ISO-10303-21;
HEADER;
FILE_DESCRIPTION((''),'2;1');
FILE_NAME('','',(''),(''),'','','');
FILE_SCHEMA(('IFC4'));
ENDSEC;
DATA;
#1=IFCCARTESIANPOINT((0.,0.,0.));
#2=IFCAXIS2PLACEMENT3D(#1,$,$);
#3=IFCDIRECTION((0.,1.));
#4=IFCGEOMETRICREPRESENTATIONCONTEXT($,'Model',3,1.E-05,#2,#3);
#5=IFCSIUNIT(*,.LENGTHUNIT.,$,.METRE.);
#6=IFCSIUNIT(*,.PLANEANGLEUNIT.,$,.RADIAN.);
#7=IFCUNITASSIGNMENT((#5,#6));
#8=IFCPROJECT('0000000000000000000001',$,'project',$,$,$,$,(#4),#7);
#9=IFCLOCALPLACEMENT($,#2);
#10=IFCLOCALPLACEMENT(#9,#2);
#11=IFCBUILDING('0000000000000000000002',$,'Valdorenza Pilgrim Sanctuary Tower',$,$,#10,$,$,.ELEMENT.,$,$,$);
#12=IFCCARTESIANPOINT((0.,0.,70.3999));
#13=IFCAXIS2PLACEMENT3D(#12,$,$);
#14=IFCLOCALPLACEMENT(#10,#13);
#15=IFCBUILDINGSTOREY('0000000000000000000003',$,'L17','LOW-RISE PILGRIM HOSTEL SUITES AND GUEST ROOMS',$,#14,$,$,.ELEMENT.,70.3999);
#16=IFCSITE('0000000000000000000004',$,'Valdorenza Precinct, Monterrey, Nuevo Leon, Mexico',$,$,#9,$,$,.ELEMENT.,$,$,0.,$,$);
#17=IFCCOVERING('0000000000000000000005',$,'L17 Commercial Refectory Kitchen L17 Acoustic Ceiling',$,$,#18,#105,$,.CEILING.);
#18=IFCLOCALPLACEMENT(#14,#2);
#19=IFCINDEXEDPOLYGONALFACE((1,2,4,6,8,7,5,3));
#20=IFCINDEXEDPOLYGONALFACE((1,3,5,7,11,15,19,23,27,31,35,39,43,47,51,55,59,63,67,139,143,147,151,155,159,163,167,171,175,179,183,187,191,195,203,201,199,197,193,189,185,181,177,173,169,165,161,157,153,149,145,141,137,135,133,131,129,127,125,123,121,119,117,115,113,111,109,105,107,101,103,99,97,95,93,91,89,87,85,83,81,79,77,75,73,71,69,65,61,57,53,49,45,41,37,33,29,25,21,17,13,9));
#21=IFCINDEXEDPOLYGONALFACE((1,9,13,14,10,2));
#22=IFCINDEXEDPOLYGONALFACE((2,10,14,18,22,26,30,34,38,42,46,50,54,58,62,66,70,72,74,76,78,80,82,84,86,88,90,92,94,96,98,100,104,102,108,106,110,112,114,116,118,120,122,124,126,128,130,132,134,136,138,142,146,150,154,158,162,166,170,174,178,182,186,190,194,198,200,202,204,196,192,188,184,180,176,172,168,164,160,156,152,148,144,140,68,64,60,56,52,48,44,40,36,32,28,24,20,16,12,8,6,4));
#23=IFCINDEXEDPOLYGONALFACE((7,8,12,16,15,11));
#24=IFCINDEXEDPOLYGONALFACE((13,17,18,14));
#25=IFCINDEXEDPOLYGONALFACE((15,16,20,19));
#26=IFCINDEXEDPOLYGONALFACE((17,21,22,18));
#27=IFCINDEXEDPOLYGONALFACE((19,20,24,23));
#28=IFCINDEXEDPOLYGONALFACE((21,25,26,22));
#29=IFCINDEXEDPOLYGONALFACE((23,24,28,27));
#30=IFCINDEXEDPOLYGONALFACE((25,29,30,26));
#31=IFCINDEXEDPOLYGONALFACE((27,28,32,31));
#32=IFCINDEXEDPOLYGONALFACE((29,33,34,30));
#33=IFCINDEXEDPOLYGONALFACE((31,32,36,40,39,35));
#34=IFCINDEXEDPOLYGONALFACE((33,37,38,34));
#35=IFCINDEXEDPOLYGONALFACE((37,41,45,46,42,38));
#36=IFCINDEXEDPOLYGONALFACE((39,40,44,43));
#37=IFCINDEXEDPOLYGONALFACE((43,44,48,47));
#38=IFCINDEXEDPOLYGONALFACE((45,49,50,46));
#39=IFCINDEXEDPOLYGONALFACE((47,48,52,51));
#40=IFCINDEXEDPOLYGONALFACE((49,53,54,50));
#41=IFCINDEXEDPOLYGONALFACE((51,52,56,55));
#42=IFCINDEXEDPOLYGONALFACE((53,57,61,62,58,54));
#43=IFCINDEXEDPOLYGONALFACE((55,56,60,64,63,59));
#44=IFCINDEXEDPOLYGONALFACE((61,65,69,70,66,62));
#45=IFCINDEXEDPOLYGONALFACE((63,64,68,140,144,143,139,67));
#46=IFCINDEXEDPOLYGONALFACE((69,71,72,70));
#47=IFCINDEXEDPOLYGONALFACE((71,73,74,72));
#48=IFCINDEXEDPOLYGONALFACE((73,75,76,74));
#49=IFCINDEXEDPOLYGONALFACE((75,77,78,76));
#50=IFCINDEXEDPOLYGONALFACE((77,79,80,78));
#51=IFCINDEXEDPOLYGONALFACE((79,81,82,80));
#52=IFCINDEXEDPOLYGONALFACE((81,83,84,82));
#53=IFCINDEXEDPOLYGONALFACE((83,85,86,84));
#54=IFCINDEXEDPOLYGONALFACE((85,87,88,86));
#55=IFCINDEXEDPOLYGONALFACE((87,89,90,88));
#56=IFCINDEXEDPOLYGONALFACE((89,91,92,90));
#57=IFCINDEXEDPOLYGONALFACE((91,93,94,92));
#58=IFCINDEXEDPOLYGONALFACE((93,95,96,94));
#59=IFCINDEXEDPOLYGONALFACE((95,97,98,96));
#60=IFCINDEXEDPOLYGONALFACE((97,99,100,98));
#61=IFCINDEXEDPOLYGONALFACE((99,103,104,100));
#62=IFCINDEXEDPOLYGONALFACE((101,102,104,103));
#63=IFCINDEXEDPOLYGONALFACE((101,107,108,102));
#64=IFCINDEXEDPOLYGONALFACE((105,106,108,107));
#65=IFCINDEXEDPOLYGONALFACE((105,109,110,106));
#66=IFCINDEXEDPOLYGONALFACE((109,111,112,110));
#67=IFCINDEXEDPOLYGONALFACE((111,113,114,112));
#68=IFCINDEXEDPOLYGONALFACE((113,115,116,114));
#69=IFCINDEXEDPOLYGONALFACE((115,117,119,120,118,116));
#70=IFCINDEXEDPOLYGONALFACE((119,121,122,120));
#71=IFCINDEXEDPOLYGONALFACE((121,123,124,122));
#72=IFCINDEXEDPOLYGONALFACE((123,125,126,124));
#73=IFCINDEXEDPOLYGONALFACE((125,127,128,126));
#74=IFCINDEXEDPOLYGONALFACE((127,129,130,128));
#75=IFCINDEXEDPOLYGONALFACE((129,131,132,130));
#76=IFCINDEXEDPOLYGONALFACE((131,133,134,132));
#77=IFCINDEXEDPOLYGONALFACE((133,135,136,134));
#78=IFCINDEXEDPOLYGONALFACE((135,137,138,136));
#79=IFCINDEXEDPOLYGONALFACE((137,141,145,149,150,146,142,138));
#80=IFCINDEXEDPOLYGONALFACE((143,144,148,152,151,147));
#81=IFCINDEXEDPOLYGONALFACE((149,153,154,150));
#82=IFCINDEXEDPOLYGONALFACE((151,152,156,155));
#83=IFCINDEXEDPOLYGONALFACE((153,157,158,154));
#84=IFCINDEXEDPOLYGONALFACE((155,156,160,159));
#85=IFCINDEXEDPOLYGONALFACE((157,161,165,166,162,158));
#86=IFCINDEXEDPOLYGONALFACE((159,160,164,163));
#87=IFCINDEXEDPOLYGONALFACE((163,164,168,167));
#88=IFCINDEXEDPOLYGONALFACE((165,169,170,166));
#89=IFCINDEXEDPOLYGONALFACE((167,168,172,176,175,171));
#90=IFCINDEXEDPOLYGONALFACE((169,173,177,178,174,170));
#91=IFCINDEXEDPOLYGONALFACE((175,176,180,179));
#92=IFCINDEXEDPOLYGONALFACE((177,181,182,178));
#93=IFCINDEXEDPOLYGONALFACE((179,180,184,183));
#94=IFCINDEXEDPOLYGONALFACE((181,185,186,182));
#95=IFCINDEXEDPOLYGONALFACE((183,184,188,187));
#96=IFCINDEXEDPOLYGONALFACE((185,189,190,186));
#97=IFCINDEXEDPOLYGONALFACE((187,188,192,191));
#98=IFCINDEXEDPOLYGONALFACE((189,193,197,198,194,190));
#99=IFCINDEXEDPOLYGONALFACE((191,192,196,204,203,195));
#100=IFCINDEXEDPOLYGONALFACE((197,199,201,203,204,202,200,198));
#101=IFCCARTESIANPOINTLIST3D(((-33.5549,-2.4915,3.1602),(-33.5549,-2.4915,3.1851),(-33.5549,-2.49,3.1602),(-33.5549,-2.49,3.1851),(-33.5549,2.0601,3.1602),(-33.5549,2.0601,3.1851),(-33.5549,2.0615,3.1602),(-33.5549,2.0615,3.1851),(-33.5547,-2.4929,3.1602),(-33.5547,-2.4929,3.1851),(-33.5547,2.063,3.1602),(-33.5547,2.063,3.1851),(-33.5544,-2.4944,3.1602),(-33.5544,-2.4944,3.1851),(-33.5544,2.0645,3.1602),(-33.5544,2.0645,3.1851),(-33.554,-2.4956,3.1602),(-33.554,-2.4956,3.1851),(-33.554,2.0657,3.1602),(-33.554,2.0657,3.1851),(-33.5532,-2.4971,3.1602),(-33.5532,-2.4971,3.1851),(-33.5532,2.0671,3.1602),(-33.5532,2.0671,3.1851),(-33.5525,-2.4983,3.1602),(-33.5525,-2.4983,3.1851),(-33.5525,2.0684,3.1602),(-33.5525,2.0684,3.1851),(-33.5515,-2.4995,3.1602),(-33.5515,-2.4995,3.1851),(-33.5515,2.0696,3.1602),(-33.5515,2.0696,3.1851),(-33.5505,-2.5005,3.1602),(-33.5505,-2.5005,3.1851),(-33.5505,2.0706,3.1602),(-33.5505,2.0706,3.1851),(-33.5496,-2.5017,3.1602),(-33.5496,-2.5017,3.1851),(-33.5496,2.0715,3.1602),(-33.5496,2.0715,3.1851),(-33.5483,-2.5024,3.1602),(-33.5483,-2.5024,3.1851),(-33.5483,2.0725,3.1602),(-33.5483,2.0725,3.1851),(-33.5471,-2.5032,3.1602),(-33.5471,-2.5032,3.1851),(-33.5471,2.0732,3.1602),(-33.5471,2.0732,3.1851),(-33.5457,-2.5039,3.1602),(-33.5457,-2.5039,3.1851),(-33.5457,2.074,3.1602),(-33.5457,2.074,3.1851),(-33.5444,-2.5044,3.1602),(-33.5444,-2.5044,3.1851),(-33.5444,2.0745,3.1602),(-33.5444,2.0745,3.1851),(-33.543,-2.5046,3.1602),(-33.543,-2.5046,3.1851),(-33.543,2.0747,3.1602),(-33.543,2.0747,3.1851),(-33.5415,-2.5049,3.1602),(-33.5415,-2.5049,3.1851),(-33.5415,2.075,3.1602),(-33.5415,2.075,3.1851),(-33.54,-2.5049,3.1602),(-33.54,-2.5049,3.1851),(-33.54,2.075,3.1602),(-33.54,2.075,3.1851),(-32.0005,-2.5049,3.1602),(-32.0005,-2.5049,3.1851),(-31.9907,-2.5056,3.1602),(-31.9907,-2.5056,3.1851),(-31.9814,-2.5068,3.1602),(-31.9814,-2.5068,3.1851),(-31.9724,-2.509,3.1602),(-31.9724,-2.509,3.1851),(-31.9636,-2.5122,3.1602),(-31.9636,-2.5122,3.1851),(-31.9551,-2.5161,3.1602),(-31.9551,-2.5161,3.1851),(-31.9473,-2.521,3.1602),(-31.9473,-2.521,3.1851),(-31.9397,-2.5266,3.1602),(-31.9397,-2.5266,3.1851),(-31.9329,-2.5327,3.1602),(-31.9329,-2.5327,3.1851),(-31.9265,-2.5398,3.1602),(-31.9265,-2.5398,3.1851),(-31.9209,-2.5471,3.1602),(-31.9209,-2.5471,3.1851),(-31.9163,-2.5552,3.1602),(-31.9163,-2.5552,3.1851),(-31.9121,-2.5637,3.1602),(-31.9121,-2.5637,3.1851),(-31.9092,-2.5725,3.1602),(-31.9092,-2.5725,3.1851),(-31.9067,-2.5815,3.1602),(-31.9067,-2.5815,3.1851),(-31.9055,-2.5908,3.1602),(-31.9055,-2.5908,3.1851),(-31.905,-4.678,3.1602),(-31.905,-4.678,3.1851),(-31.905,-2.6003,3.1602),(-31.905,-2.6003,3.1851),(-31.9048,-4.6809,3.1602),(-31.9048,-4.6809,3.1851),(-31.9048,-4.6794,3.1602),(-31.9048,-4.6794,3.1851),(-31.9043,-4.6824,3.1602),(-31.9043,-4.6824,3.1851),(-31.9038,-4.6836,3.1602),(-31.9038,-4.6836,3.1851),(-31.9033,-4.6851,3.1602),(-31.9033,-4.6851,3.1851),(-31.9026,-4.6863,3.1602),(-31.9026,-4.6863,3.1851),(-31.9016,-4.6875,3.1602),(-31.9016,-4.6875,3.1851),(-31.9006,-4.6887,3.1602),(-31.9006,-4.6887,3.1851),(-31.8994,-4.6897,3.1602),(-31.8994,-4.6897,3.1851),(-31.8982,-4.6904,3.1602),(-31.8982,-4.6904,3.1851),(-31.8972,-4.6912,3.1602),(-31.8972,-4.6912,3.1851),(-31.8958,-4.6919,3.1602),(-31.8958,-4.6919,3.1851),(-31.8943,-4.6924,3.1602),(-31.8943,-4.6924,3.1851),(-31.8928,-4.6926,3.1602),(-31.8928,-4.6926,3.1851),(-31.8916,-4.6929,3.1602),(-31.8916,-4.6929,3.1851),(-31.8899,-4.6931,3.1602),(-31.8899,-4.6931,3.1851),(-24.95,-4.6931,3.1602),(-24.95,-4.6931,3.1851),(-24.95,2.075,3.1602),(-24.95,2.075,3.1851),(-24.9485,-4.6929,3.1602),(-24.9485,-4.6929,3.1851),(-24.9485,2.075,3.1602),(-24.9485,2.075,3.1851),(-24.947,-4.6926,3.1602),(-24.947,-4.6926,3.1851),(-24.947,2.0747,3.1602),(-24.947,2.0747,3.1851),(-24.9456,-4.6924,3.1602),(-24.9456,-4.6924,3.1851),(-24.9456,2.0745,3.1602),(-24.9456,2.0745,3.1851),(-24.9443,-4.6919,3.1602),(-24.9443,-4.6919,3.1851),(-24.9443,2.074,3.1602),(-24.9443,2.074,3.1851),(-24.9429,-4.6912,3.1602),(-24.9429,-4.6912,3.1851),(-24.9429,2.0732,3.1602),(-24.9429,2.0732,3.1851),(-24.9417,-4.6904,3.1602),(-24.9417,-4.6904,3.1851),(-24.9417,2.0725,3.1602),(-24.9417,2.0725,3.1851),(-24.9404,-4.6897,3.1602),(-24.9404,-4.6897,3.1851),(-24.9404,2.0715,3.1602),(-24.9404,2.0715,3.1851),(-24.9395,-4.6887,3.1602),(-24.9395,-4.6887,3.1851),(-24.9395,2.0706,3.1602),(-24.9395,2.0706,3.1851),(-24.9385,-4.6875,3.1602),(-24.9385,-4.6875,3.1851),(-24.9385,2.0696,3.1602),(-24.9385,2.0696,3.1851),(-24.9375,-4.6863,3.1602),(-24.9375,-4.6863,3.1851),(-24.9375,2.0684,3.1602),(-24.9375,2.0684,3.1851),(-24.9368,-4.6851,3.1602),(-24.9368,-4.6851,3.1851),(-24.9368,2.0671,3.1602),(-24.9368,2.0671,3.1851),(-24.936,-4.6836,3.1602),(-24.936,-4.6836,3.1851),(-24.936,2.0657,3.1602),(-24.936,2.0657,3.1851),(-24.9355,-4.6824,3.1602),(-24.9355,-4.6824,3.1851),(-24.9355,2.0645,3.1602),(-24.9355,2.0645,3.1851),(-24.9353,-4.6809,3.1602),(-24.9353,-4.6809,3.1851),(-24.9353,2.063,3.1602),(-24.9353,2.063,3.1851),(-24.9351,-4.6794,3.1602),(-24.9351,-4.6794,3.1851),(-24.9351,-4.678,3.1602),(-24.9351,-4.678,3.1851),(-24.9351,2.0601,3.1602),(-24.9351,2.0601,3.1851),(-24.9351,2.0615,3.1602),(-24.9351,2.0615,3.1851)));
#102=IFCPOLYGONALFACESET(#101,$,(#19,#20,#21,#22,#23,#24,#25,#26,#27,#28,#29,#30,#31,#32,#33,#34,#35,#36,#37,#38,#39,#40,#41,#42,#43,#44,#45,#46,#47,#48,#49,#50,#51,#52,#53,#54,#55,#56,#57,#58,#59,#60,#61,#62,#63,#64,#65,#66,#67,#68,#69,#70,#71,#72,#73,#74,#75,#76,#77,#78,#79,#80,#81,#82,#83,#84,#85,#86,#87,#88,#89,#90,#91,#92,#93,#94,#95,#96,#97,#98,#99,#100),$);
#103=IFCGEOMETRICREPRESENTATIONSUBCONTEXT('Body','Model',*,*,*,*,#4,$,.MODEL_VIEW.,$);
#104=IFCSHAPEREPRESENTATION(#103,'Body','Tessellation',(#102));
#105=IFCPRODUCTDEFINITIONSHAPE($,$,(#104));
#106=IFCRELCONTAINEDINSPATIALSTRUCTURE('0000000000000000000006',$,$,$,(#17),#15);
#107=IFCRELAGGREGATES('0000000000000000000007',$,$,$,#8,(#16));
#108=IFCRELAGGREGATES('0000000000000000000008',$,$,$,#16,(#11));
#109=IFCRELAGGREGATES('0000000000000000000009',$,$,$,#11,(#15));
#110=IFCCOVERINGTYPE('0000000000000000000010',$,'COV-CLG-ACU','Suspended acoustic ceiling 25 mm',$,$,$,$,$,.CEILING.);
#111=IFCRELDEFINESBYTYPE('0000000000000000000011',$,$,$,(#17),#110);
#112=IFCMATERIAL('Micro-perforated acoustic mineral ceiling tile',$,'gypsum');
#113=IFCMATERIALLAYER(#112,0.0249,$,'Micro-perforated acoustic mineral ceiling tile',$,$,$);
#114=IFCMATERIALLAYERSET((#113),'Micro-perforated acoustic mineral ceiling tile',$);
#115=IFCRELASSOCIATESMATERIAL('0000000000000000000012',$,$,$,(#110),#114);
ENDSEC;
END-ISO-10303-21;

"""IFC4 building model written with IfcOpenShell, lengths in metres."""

from ifc_helpers import new_model, si_unit, direction, frame, origin, place, context, subcontext, project, spatial, polyline, outline, extrude, material, layer, layer_set, type_object, element, save


model = new_model("IFC4")

# Units and contexts
model_context = context("Model", 3, precision=1e-05, world=origin(), true_north=direction((0.0, 1.0)))
body_context = subcontext(model_context, "Body", "Model", "MODEL_VIEW")
ifc_project = project(units=[si_unit("LENGTHUNIT", "METRE"), si_unit("PLANEANGLEUNIT", "RADIAN")], contexts=[model_context])

# Site, building, storey
site_placement = place(None, origin())
site = spatial("IfcSite", under=ifc_project, at=site_placement, Name="Valdorenza Precinct, Monterrey, Nuevo Leon, Mexico", CompositionType="ELEMENT", RefElevation=0.0)
building_placement = place(site_placement, origin())
building = spatial("IfcBuilding", under=site, at=building_placement, Name="Valdorenza Pilgrim Sanctuary Tower", CompositionType="ELEMENT")
storey_placement = place(building_placement, frame((0.0, 0.0, 70.3999)))
storey = spatial("IfcBuildingStorey", under=building, at=storey_placement, Name="L17", Description="LOW-RISE PILGRIM HOSTEL SUITES AND GUEST ROOMS", CompositionType="ELEMENT", Elevation=70.3999)

# Covering
ifc_material_1 = material(Name="Micro-perforated acoustic mineral ceiling tile", Category="gypsum")
ifc_layer_1 = layer(ifc_material_1, 0.0249, Name="Micro-perforated acoustic mineral ceiling tile")
ifc_layer_set_1 = layer_set([ifc_layer_1], Name="Micro-perforated acoustic mineral ceiling tile")
covering_type_1 = type_object("IfcCoveringType", Name="COV-CLG-ACU", Description="Suspended acoustic ceiling 25 mm", PredefinedType="CEILING", material=ifc_layer_set_1)
covering_1_placement = place(storey_placement, frame((0.0, 0.0, 3.1602)))
element("IfcCovering", 1, at=covering_1_placement, inside=storey, type_object=covering_type_1, Name="L17 Commercial Refectory Kitchen L17 Acoustic Ceiling", PredefinedType="CEILING", context=body_context, shape_type="SweptSolid", body=[
    extrude(outline(polyline([(-24.9351, -4.678), (-24.9351, -4.6794), (-24.9353, -4.6809), (-24.9355, -4.6824), (-24.936, -4.6836), (-24.9368, -4.6851), (-24.9375, -4.6863), (-24.9385, -4.6875), (-24.9395, -4.6887), (-24.9404, -4.6897), (-24.9417, -4.6904), (-24.9429, -4.6912), (-24.9443, -4.6919), (-24.9456, -4.6924), (-24.947, -4.6926), (-24.9485, -4.6929), (-24.95, -4.6931), (-31.8899, -4.6931), (-31.8916, -4.6929), (-31.8928, -4.6926), (-31.8943, -4.6924), (-31.8958, -4.6919), (-31.8972, -4.6912), (-31.8982, -4.6904), (-31.8994, -4.6897), (-31.9006, -4.6887), (-31.9016, -4.6875), (-31.9026, -4.6863), (-31.9033, -4.6851), (-31.9038, -4.6836), (-31.9043, -4.6824), (-31.9048, -4.6809), (-31.9048, -4.6794), (-31.905, -4.678), (-31.905, -2.6003), (-31.9055, -2.5908), (-31.9067, -2.5815), (-31.9092, -2.5725), (-31.9121, -2.5637), (-31.9163, -2.5552), (-31.9209, -2.5471), (-31.9265, -2.5398), (-31.9329, -2.5327), (-31.9397, -2.5266), (-31.9473, -2.521), (-31.9551, -2.5161), (-31.9636, -2.5122), (-31.9724, -2.509), (-31.9814, -2.5068), (-31.9907, -2.5056), (-32.0005, -2.5049), (-33.54, -2.5049), (-33.5415, -2.5049), (-33.543, -2.5046), (-33.5444, -2.5044), (-33.5457, -2.5039), (-33.5471, -2.5032), (-33.5483, -2.5024), (-33.5496, -2.5017), (-33.5505, -2.5005), (-33.5515, -2.4995), (-33.5525, -2.4983), (-33.5532, -2.4971), (-33.554, -2.4956), (-33.5544, -2.4944), (-33.5547, -2.4929), (-33.5549, -2.4915), (-33.5549, -2.49), (-33.5549, 2.0601), (-33.5549, 2.0615), (-33.5547, 2.063), (-33.5544, 2.0645), (-33.554, 2.0657), (-33.5532, 2.0671), (-33.5525, 2.0684), (-33.5515, 2.0696), (-33.5505, 2.0706), (-33.5496, 2.0715), (-33.5483, 2.0725), (-33.5471, 2.0732), (-33.5457, 2.074), (-33.5444, 2.0745), (-33.543, 2.0747), (-33.5415, 2.075), (-33.54, 2.075), (-24.95, 2.075), (-24.9485, 2.075), (-24.947, 2.0747), (-24.9456, 2.0745), (-24.9443, 2.074), (-24.9429, 2.0732), (-24.9417, 2.0725), (-24.9404, 2.0715), (-24.9395, 2.0706), (-24.9385, 2.0696), (-24.9375, 2.0684), (-24.9368, 2.0671), (-24.936, 2.0657), (-24.9355, 2.0645), (-24.9353, 2.063), (-24.9351, 2.0615), (-24.9351, 2.0601), (-24.9351, -4.678)])), origin(), (0.0, 0.0, 1.0), 0.0249),
])

save(model, "model.ifc")
